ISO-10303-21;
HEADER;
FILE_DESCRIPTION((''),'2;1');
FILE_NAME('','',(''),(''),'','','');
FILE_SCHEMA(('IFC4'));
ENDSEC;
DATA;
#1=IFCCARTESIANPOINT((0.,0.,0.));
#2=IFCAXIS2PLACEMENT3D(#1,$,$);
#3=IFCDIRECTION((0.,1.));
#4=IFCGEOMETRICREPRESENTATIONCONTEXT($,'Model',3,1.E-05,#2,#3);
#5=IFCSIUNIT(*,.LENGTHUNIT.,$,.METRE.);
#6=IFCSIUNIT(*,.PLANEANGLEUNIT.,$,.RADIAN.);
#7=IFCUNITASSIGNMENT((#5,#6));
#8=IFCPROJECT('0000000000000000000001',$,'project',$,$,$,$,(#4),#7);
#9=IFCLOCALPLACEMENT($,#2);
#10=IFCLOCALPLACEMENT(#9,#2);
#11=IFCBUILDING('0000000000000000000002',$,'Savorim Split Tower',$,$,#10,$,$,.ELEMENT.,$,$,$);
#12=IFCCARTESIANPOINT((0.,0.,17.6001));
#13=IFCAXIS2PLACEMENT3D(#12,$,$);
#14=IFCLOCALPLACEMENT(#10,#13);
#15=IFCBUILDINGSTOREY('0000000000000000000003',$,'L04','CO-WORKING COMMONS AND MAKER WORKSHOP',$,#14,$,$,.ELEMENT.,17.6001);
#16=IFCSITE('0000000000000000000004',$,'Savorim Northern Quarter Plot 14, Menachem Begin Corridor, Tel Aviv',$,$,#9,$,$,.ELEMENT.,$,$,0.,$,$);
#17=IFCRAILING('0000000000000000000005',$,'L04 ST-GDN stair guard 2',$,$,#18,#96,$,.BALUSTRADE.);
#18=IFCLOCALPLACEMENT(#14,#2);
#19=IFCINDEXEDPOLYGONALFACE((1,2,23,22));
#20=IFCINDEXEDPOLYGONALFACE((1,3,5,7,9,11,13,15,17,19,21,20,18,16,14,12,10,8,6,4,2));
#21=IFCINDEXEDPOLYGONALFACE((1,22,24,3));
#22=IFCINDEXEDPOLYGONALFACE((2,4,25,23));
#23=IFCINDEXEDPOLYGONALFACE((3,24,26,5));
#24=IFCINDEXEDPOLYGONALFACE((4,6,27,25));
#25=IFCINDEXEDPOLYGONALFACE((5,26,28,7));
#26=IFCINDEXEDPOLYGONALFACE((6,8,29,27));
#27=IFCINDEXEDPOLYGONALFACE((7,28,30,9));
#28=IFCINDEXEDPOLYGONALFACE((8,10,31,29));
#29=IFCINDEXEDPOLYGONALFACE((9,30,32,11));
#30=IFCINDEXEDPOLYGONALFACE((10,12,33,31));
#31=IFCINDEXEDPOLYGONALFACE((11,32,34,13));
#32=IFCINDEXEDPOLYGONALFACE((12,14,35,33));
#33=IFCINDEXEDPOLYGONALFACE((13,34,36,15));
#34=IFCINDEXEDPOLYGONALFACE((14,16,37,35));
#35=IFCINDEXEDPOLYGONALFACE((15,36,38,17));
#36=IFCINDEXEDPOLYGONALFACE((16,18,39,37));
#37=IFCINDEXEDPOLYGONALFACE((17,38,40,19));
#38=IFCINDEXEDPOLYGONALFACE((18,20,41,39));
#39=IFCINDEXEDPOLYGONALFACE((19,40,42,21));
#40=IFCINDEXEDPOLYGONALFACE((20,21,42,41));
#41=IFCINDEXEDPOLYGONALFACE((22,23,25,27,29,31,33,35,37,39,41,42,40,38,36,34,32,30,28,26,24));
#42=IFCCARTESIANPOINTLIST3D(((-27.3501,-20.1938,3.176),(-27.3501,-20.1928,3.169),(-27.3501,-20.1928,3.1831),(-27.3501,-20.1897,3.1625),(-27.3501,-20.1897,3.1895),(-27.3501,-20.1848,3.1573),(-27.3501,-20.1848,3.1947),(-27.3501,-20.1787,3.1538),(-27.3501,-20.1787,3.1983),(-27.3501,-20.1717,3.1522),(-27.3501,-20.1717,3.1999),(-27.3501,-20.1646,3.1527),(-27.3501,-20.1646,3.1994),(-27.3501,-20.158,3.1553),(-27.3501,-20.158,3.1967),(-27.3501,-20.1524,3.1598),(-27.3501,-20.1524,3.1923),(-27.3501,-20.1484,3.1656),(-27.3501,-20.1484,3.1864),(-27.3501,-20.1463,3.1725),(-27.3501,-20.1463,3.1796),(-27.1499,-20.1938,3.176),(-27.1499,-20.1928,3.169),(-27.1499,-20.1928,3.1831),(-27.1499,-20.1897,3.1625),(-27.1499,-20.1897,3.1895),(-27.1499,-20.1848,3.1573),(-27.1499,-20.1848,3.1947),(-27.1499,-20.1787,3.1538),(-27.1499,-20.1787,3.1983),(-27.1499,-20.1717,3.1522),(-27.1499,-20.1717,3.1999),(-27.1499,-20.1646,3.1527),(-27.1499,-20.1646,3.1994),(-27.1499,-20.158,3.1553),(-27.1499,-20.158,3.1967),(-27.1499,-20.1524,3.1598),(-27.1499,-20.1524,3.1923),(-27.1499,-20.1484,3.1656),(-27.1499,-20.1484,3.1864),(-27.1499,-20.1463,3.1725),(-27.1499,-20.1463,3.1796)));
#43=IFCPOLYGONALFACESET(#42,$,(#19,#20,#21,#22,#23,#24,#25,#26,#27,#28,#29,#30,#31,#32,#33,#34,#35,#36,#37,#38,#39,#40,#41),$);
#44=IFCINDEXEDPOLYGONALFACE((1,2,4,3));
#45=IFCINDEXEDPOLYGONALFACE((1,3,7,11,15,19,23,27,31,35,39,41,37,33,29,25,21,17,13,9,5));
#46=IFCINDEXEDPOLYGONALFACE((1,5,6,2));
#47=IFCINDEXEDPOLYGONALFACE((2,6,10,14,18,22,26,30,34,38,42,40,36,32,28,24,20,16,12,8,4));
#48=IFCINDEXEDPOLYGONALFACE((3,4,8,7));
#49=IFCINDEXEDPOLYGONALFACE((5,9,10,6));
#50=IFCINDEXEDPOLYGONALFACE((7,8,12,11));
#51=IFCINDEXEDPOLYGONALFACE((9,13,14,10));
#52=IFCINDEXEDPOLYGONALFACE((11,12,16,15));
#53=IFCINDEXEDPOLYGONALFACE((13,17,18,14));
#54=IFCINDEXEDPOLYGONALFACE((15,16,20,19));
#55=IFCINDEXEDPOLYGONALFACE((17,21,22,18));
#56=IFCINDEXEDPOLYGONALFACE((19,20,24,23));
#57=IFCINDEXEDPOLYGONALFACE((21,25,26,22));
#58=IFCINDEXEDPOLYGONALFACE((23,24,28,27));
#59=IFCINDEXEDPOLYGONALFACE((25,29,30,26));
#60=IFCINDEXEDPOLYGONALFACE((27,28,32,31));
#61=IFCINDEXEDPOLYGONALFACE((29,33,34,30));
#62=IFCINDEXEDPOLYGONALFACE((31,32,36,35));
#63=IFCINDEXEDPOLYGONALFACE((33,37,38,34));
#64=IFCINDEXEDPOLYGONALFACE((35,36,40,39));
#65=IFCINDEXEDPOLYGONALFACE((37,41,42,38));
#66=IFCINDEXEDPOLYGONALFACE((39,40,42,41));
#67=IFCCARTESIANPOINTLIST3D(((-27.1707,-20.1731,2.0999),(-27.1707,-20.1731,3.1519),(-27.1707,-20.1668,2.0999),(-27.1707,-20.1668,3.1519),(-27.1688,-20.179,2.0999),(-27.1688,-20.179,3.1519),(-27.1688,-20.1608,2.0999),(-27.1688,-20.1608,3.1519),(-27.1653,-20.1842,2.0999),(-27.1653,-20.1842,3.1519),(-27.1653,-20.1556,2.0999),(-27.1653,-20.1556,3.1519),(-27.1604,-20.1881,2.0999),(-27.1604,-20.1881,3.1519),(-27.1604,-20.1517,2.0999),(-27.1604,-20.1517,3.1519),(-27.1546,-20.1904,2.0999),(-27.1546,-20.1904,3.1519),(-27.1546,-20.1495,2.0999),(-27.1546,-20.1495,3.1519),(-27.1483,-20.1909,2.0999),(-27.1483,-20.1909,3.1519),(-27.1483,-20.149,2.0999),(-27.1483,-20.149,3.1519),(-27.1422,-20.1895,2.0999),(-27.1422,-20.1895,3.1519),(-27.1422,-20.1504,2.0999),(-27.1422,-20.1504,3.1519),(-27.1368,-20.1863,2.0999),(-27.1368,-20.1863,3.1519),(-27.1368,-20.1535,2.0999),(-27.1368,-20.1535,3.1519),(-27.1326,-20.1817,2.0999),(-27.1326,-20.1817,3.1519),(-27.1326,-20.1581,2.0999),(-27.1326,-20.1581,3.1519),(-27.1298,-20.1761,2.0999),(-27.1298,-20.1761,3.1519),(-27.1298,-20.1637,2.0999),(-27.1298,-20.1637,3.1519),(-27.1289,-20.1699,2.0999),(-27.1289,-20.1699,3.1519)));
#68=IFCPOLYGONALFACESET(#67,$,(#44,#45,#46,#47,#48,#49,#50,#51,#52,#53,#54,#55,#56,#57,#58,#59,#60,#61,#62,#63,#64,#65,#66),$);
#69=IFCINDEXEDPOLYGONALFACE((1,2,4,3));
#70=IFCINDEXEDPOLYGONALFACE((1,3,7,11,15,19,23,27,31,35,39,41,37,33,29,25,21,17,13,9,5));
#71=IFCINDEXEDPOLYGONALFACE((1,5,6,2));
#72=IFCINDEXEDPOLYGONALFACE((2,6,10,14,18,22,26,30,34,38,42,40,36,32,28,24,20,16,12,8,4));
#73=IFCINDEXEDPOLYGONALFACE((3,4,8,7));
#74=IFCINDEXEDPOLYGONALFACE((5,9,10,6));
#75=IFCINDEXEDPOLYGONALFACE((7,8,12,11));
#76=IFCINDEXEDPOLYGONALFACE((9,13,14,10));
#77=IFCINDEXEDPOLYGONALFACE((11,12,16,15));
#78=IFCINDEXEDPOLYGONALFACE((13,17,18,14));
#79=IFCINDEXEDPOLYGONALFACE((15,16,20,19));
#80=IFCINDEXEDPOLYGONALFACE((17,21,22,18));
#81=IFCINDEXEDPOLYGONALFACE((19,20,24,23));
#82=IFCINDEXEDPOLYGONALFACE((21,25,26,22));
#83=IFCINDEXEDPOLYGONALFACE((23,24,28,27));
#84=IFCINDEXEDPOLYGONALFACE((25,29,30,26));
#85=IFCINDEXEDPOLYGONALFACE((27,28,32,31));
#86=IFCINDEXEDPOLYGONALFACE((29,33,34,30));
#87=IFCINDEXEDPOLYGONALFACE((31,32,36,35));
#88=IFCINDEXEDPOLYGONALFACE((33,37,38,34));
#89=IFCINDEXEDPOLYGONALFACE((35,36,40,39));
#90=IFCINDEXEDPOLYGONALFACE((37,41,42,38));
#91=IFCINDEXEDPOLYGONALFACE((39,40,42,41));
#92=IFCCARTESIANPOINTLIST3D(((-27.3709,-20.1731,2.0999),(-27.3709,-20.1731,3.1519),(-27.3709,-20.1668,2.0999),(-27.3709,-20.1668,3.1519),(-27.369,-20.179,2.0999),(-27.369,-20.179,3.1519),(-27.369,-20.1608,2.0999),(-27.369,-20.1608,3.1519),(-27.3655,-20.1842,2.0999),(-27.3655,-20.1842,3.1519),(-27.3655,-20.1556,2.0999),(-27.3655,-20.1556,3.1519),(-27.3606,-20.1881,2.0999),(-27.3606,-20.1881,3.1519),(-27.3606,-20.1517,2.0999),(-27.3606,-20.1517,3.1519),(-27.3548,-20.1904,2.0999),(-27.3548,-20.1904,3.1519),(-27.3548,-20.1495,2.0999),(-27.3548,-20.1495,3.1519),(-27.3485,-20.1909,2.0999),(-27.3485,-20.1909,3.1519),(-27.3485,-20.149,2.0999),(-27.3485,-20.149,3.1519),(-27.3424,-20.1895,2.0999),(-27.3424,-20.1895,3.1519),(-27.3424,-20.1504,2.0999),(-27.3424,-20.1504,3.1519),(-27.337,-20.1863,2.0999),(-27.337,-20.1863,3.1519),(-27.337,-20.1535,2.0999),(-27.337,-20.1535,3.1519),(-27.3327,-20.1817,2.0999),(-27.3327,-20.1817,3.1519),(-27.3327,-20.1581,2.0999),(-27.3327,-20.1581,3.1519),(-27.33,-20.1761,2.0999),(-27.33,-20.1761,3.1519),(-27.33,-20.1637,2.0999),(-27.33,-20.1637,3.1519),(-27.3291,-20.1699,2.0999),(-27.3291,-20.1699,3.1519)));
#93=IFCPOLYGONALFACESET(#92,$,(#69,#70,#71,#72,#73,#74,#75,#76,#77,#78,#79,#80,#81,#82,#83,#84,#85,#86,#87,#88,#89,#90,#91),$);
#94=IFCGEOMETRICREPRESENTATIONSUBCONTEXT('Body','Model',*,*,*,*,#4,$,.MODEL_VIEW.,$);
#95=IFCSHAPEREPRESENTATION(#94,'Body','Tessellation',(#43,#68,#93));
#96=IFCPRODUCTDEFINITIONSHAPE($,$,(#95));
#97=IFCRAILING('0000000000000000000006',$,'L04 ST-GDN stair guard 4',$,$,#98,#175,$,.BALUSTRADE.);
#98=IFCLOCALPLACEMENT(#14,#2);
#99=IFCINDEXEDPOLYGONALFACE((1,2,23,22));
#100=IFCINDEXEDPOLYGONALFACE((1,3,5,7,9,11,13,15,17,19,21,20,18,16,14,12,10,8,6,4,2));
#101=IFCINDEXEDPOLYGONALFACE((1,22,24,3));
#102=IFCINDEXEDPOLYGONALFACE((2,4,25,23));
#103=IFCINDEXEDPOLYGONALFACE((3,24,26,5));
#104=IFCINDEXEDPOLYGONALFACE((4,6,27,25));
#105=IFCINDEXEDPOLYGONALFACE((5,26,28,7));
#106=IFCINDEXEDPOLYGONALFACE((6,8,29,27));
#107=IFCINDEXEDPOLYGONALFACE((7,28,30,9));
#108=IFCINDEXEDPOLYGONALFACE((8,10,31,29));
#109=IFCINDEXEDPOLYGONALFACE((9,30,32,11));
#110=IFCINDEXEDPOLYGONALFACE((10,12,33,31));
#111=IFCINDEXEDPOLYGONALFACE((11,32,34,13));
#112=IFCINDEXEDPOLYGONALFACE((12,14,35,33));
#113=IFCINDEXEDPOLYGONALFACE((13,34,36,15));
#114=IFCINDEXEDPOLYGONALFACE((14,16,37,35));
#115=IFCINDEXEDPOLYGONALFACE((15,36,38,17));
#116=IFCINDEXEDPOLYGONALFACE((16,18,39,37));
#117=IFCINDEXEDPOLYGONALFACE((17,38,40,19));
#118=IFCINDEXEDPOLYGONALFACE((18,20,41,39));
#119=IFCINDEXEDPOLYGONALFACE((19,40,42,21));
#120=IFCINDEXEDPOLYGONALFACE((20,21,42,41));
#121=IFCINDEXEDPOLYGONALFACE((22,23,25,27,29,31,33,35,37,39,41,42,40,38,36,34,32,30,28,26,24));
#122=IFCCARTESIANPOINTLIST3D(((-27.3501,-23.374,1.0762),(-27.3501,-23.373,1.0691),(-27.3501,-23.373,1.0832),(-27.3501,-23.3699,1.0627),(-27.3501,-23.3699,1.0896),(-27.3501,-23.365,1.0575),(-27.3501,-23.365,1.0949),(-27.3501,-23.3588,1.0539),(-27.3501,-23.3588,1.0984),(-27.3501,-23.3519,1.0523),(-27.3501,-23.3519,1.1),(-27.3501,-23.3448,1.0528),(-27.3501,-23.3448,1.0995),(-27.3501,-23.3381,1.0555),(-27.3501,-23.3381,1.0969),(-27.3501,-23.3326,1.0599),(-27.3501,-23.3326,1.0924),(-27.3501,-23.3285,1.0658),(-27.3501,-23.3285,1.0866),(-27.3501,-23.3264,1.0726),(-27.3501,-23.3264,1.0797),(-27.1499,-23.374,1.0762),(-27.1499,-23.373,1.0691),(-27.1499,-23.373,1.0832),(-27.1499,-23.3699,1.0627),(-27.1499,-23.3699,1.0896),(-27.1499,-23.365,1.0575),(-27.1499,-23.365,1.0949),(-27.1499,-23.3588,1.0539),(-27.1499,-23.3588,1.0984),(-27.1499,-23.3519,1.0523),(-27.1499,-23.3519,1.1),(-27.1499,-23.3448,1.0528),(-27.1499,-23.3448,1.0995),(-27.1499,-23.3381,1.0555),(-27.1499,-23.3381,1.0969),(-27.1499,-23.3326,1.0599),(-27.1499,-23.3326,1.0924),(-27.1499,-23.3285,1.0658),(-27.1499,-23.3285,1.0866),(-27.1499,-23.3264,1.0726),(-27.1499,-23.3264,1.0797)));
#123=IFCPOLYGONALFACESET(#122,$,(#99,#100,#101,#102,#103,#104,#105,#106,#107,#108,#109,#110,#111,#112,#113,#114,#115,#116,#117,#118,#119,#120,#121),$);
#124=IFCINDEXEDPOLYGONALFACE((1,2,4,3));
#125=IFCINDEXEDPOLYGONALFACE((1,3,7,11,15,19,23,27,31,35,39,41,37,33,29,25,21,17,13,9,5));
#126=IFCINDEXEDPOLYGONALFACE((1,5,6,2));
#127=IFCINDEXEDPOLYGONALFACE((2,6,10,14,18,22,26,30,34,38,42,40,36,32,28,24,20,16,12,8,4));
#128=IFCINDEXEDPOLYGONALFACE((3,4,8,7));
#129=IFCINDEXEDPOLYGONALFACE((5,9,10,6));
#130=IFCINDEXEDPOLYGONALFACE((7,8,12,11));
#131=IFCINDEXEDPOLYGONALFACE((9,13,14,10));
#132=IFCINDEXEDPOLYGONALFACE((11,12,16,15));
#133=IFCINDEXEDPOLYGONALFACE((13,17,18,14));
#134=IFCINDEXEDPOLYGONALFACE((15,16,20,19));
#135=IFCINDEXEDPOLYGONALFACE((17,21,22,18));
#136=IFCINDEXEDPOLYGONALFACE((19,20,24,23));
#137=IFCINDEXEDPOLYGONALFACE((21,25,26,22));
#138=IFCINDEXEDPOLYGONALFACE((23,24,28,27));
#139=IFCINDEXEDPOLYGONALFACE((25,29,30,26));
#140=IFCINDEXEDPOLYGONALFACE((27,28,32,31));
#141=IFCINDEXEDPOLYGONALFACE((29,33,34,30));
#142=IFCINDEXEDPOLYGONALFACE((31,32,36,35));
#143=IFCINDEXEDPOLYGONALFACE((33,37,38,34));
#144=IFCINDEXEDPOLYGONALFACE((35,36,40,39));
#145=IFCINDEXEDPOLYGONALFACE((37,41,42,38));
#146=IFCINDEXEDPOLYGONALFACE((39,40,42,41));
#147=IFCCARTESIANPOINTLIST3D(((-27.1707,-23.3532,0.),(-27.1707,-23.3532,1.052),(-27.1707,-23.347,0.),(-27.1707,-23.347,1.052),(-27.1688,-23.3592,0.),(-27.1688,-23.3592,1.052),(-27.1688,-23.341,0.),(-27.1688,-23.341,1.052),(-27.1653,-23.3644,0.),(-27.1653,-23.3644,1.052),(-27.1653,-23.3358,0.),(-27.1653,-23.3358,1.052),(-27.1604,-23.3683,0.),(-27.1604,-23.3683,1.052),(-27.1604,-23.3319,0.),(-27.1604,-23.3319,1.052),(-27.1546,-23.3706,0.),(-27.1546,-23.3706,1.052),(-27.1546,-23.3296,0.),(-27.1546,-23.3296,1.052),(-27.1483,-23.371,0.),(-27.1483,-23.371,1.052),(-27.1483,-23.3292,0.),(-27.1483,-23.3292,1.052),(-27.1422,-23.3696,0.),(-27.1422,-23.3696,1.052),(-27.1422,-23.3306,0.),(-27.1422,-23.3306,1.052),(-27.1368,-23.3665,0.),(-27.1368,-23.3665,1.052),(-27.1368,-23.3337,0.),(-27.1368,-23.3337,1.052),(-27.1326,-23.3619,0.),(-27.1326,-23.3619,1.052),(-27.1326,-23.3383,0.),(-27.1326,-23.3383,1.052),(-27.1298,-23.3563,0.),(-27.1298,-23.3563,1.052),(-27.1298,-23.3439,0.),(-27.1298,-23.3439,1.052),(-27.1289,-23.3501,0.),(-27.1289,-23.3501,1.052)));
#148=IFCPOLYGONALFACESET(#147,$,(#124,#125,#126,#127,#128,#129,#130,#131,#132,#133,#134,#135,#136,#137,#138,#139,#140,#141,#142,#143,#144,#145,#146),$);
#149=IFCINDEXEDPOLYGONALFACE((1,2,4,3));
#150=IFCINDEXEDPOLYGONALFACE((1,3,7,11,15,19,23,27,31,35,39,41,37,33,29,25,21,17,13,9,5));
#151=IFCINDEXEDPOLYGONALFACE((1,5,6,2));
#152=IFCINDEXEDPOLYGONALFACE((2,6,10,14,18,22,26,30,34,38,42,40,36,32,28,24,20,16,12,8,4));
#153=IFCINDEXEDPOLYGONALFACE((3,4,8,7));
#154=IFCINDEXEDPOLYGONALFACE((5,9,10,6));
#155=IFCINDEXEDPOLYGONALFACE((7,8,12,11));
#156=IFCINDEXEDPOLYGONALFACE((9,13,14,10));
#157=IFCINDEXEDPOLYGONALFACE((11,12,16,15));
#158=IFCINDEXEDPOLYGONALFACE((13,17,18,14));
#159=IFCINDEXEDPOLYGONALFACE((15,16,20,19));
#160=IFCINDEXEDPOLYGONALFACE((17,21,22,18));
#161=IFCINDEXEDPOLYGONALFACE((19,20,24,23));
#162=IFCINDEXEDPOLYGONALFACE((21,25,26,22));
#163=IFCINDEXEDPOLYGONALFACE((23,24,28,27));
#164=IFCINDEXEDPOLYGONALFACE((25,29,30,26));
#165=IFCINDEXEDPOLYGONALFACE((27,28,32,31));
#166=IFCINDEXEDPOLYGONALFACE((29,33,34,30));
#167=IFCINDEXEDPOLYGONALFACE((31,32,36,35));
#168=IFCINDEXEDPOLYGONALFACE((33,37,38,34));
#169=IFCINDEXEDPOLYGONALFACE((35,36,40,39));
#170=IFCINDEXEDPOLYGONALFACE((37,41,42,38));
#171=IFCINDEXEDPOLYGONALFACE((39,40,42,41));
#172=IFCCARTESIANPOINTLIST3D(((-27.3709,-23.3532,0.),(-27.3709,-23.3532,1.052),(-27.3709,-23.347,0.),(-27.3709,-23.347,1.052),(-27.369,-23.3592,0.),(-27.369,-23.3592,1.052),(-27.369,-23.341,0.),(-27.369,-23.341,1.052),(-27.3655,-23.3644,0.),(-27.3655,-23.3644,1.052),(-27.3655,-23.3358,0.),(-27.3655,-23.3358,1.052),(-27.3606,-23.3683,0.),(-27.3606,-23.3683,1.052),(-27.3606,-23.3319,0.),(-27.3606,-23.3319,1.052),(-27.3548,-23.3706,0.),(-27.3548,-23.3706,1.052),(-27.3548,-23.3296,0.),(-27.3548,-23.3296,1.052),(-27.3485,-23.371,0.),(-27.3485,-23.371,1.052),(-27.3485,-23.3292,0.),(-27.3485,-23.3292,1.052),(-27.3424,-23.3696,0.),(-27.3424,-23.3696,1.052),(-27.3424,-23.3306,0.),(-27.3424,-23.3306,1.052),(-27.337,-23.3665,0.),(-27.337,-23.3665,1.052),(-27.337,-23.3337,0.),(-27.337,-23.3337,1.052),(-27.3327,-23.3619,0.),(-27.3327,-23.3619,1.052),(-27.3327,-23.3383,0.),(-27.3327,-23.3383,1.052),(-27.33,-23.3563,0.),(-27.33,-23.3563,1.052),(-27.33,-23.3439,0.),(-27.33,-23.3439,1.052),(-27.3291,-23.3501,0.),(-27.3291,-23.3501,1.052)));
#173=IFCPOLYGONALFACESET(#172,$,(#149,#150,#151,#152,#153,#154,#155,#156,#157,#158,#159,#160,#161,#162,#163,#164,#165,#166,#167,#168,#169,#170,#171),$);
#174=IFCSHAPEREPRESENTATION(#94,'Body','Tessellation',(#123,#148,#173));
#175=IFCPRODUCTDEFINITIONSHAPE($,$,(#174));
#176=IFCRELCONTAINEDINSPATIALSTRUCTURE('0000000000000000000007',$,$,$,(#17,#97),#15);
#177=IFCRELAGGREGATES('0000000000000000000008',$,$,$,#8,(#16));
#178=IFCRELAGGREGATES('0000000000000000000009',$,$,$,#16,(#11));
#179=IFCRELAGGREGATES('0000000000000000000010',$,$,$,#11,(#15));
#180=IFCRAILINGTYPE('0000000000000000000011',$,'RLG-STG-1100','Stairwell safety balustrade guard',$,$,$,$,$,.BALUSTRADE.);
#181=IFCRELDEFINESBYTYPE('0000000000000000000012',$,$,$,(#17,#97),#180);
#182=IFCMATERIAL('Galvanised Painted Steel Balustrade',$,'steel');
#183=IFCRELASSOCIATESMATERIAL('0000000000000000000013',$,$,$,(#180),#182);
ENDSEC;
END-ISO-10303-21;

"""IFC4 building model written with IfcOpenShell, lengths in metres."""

from ifc_helpers import new_model, si_unit, direction, frame, origin, origin_2d, place, context, subcontext, project, spatial, circle, extrude, material, type_object, element, save


model = new_model("IFC4")

# Units and contexts
model_context = context("Model", 3, precision=1e-05, world=origin(), true_north=direction((0.0, 1.0)))
body_context = subcontext(model_context, "Body", "Model", "MODEL_VIEW")
ifc_project = project(units=[si_unit("LENGTHUNIT", "METRE"), si_unit("PLANEANGLEUNIT", "RADIAN")], contexts=[model_context])

# Site, building, storey
site_placement = place(None, origin())
site = spatial("IfcSite", under=ifc_project, at=site_placement, Name="Savorim Northern Quarter Plot 14, Menachem Begin Corridor, Tel Aviv", CompositionType="ELEMENT", RefElevation=0.0)
building_placement = place(site_placement, origin())
building = spatial("IfcBuilding", under=site, at=building_placement, Name="Savorim Split Tower", CompositionType="ELEMENT")
storey_placement = place(building_placement, frame((0.0, 0.0, 17.6001)))
storey = spatial("IfcBuildingStorey", under=building, at=storey_placement, Name="L04", Description="CO-WORKING COMMONS AND MAKER WORKSHOP", CompositionType="ELEMENT", Elevation=17.6001)

# Railings
ifc_material_1 = material(Name="Galvanised Painted Steel Balustrade", Category="steel")
railing_type_1 = type_object("IfcRailingType", Name="RLG-STG-1100", Description="Stairwell safety balustrade guard", PredefinedType="BALUSTRADE", material=ifc_material_1)
for number, where, name in (
    (1, (-27.1499, -20.1699, 2.0999), "L04 ST-GDN stair guard 2"),
    (2, (-27.1499, -23.3501, 0.0), "L04 ST-GDN stair guard 4"),
):
    element("IfcRailing", number, at=place(storey_placement, frame(where)), inside=storey, type_object=railing_type_1, Name=name, PredefinedType="BALUSTRADE", context=body_context, shape_type="SweptSolid", body=[
        extrude(circle(Radius=0.0239, at=origin_2d()), frame((0.0, 0.0, 1.0762), z_axis=(-1.0, 0.0, 0.0), x_axis=(0.0, -1.0, 0.0)), (0.0, 0.0, 1.0), 0.2002),
        extrude(circle(Radius=0.021, at=origin_2d()), origin(), (0.0, 0.0, 1.0), 1.052),
        extrude(circle(Radius=0.021, at=origin_2d()), frame((-0.2002, 0.0, 0.0)), (0.0, 0.0, 1.0), 1.052),
    ])

save(model, "model.ifc")
